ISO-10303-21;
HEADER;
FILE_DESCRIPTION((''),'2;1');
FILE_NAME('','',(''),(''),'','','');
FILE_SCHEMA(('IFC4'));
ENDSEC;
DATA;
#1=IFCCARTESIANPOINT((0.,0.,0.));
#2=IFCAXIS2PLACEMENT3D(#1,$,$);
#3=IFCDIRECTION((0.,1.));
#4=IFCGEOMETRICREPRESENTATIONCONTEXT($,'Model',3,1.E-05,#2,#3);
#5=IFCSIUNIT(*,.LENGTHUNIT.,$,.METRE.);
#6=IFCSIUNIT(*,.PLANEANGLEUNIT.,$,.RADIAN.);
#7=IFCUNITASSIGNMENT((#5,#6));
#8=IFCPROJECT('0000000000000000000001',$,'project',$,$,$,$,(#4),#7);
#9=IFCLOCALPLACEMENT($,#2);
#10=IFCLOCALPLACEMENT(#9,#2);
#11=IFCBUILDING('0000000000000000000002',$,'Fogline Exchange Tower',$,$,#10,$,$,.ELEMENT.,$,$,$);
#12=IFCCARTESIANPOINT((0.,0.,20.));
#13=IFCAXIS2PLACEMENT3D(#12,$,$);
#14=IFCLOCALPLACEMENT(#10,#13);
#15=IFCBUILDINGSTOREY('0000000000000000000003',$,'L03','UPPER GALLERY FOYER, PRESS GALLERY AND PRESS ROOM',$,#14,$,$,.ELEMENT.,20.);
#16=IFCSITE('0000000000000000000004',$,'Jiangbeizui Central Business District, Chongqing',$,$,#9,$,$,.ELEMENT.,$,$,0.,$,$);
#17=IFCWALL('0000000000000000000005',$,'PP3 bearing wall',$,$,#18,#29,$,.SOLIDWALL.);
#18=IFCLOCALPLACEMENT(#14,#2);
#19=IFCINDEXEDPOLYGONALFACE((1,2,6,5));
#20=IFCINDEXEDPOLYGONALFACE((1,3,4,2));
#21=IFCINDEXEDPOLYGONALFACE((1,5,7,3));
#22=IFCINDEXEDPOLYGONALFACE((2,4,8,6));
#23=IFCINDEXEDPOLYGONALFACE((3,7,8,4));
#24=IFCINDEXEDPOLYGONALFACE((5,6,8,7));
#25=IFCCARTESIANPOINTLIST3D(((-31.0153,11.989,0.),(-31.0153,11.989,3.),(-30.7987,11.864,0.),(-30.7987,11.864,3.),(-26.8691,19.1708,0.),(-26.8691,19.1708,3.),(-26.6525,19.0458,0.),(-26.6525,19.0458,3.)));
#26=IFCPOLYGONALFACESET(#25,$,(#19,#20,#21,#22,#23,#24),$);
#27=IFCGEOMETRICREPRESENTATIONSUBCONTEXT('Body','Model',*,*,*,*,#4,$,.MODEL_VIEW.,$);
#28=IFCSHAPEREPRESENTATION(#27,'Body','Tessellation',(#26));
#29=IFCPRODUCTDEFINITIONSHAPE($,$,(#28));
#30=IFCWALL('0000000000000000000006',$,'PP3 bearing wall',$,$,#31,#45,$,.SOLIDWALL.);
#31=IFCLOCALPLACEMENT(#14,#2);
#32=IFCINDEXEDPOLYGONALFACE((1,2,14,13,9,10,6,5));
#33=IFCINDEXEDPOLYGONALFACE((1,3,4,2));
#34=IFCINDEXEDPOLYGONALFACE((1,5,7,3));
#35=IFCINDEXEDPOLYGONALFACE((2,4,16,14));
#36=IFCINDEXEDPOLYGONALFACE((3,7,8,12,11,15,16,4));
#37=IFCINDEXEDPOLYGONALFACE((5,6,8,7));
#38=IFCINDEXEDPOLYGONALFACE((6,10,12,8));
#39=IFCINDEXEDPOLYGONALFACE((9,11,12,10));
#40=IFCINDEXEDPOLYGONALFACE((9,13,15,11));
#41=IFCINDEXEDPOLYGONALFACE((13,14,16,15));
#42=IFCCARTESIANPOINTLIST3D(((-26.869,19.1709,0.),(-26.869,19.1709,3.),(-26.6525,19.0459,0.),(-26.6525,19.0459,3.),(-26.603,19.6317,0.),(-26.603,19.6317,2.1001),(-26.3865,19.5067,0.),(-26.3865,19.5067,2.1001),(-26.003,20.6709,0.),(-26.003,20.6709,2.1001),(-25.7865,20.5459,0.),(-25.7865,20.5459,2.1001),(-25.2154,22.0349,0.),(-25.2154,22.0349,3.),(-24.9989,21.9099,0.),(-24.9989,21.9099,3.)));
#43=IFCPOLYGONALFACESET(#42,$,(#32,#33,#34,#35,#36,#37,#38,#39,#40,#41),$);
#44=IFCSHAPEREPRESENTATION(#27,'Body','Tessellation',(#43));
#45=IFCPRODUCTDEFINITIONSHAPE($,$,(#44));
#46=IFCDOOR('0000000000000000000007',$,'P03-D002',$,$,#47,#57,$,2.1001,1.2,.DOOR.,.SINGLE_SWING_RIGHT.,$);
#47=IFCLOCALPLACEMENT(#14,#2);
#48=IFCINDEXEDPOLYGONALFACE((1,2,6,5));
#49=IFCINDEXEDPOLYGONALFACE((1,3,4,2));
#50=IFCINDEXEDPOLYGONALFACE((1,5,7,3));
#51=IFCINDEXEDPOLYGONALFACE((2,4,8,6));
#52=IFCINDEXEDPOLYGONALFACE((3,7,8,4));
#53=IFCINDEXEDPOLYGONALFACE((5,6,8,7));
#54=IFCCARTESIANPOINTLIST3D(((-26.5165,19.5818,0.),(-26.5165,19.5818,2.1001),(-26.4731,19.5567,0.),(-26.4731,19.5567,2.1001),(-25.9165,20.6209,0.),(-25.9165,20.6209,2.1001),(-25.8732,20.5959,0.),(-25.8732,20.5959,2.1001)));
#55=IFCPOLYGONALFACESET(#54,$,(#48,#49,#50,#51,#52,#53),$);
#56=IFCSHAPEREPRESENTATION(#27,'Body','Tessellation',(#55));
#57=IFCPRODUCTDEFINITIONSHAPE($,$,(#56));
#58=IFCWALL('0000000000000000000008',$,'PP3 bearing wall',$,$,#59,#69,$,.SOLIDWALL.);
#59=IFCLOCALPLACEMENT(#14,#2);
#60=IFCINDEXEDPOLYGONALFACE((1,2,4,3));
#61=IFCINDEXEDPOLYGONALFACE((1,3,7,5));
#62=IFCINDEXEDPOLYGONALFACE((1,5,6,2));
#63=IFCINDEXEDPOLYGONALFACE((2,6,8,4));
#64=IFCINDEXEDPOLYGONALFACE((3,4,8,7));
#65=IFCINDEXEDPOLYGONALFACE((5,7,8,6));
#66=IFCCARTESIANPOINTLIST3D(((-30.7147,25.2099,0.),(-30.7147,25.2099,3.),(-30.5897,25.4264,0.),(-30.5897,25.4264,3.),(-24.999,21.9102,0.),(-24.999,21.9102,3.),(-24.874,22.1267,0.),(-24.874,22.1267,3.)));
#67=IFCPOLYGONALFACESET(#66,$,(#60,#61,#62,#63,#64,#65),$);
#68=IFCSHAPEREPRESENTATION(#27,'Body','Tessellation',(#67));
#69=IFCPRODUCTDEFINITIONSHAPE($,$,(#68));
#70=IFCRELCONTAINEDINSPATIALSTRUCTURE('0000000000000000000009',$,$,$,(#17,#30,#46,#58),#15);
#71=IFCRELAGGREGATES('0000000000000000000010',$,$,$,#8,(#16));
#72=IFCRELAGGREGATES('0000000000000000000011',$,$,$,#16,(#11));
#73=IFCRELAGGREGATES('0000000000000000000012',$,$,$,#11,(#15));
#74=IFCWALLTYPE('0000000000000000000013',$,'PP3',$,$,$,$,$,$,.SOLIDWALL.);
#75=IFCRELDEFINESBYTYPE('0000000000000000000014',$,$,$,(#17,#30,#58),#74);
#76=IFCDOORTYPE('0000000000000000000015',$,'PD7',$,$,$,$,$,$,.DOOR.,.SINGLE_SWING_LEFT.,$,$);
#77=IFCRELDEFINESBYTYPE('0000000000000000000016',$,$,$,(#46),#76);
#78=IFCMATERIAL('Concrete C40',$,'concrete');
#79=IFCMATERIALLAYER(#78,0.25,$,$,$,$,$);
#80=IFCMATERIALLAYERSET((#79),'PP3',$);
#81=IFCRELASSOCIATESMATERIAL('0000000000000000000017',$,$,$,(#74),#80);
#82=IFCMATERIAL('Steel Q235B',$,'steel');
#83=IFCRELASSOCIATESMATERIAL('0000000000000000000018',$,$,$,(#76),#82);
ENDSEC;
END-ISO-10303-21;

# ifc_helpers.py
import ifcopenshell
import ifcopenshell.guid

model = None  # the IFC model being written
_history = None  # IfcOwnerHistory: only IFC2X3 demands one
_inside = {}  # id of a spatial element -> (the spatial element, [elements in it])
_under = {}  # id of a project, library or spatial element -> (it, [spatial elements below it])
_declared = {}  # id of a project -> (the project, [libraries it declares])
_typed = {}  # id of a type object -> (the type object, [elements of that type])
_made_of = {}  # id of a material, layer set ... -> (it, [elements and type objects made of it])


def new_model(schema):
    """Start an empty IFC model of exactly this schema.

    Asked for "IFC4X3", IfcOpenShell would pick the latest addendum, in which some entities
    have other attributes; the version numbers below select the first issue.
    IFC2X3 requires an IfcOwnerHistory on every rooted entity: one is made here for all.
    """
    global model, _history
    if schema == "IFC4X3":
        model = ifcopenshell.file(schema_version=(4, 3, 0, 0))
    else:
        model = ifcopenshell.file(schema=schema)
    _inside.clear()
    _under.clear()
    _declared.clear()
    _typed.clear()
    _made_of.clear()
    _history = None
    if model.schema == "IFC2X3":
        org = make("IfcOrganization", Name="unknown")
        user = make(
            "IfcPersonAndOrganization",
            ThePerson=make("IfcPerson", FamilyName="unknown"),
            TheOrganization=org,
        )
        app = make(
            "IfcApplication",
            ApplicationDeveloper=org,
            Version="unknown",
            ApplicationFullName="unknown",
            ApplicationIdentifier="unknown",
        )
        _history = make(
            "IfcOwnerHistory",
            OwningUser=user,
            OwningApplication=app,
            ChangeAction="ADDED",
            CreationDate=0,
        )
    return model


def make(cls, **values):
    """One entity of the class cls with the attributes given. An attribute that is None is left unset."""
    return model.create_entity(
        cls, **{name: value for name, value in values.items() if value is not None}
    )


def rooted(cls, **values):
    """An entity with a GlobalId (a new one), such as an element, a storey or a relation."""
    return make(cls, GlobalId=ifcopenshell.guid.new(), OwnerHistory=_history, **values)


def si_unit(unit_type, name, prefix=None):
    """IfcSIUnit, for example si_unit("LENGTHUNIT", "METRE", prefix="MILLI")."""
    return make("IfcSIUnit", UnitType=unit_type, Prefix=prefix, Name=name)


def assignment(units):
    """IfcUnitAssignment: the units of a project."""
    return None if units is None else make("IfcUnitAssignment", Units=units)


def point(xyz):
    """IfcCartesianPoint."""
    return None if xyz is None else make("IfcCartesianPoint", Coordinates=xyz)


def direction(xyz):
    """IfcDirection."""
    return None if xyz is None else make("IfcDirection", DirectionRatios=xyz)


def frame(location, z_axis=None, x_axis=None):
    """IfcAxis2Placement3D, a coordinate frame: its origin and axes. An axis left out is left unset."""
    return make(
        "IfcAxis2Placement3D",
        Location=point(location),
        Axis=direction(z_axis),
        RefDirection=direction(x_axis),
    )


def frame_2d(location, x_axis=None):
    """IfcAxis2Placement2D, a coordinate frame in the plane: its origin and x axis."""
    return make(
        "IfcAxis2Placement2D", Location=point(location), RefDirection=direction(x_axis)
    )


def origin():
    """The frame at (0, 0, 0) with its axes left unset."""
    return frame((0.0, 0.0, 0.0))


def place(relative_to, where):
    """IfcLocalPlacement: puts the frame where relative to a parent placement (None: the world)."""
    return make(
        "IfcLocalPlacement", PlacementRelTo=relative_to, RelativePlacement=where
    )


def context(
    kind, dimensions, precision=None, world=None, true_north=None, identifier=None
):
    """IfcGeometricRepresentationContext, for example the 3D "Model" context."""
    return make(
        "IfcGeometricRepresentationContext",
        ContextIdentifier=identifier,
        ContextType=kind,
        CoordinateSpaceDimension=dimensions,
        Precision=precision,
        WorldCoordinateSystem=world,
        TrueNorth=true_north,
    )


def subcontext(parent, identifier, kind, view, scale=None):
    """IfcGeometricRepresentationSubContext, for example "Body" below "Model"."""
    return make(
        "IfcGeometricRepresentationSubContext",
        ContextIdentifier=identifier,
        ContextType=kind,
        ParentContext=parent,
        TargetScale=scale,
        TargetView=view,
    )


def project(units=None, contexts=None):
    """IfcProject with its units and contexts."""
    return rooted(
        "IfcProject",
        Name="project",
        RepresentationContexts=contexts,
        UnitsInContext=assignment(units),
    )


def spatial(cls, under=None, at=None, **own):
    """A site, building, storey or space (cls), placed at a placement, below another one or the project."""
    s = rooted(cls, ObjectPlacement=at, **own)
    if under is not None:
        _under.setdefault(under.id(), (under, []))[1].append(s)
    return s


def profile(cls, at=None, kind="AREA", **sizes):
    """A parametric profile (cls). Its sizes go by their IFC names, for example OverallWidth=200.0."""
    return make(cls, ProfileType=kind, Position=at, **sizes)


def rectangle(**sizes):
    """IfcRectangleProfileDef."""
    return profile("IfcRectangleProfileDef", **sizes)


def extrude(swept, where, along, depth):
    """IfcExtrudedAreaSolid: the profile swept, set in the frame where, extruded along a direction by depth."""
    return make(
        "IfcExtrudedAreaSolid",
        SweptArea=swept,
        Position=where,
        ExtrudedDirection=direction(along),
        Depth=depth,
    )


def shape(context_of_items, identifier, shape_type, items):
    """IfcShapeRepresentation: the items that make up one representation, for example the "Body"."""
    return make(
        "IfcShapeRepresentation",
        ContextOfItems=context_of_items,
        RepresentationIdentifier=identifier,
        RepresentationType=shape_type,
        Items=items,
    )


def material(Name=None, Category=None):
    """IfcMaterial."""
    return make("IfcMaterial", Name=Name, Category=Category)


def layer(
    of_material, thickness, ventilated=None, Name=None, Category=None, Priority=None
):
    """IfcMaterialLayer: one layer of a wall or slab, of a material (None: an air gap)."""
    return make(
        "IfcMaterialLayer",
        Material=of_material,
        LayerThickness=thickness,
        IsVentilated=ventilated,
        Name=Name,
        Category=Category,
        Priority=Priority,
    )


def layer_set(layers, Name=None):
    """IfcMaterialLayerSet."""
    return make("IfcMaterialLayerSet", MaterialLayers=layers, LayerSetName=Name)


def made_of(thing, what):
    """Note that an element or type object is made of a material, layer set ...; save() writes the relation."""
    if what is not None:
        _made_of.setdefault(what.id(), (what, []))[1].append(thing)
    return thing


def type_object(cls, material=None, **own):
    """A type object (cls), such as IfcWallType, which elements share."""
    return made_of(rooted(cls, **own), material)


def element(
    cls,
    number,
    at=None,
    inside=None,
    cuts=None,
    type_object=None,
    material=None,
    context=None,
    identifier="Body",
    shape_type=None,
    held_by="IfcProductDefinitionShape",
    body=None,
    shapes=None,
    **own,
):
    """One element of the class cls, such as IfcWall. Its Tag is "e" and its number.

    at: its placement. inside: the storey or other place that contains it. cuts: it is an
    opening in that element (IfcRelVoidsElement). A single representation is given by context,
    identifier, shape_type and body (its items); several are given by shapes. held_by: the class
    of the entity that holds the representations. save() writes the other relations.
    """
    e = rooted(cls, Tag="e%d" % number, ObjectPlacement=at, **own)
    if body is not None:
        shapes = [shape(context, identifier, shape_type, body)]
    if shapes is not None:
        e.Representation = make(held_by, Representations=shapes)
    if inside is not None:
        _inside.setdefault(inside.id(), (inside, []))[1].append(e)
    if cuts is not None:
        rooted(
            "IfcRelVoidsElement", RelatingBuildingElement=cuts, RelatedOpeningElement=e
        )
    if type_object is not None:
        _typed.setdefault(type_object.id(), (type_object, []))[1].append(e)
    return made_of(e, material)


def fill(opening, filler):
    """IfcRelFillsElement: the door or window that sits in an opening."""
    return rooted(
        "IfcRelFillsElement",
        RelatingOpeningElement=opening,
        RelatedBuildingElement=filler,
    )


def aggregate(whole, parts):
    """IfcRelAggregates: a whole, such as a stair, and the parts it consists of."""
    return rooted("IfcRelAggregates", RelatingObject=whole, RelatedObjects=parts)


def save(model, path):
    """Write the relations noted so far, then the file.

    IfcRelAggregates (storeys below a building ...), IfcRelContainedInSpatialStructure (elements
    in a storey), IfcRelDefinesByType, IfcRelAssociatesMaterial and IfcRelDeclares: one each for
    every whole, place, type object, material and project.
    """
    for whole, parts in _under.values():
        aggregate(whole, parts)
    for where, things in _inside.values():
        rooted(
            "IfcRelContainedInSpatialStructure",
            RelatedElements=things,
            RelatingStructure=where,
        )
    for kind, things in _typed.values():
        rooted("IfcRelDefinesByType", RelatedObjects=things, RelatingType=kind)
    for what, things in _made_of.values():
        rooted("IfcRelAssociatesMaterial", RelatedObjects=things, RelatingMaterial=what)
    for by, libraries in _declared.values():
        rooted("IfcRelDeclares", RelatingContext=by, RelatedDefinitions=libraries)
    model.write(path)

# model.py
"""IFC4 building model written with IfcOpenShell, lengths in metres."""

from ifc_helpers import new_model, si_unit, direction, frame, frame_2d, origin, place, context, subcontext, project, spatial, rectangle, extrude, material, layer, layer_set, type_object, element, fill, save


model = new_model("IFC4")

# Units and contexts
model_context = context("Model", 3, precision=1e-05, world=origin(), true_north=direction((0.0, 1.0)))
body_context = subcontext(model_context, "Body", "Model", "MODEL_VIEW")
ifc_project = project(units=[si_unit("LENGTHUNIT", "METRE"), si_unit("PLANEANGLEUNIT", "RADIAN")], contexts=[model_context])

# Site, building, storey
site_placement = place(None, origin())
site = spatial("IfcSite", under=ifc_project, at=site_placement, Name="Jiangbeizui Central Business District, Chongqing", CompositionType="ELEMENT", RefElevation=0.0)
building_placement = place(site_placement, origin())
building = spatial("IfcBuilding", under=site, at=building_placement, Name="Fogline Exchange Tower", CompositionType="ELEMENT")
storey_placement = place(building_placement, frame((0.0, 0.0, 20.0)))
storey = spatial("IfcBuildingStorey", under=building, at=storey_placement, Name="L03", Description="UPPER GALLERY FOYER, PRESS GALLERY AND PRESS ROOM", CompositionType="ELEMENT", Elevation=20.0)

# Shared definitions
ifc_material_1 = material(Name="Concrete C40", Category="concrete")

# Shared definitions
ifc_material_2 = material(Name="Steel Q235B", Category="steel")

# Wall
ifc_layer_1 = layer(ifc_material_1, 0.25)
ifc_layer_set_1 = layer_set([ifc_layer_1], Name="PP3")
wall_type_1 = type_object("IfcWallType", Name="PP3", PredefinedType="SOLIDWALL", material=ifc_layer_set_1)
wall_1_placement = place(storey_placement, frame((-26.7607, 19.1084, 0.0), z_axis=(0.0, 0.0, 1.0), x_axis=(-0.49998, -0.866037, 0.0)))
element("IfcWall", 1, at=wall_1_placement, inside=storey, type_object=wall_type_1, Name="PP3 bearing wall", PredefinedType="SOLIDWALL", context=body_context, shape_type="SweptSolid", body=[
    extrude(rectangle(XDim=8.2927, YDim=0.25, at=frame_2d((4.1465, 0.0))), origin(), (0.0, 0.0, 1.0), 3.0),
])

# Wall, opening, door
wall_2_placement = place(storey_placement, frame((-25.1072, 21.9724, 0.0), z_axis=(0.0, 0.0, 1.0), x_axis=(-0.500006, -0.866022, 0.0)))
wall_2 = element("IfcWall", 2, at=wall_2_placement, inside=storey, type_object=wall_type_1, Name="PP3 bearing wall", PredefinedType="SOLIDWALL", context=body_context, shape_type="SweptSolid", body=[
    extrude(rectangle(XDim=3.3071, YDim=0.25, at=frame_2d((1.6536, 0.0))), origin(), (0.0, 0.0, 1.0), 3.0),
])
opening_1_placement = place(wall_2_placement, frame((1.575, 0.0, 0.0)))
opening_1 = element("IfcOpeningElement", 3, at=opening_1_placement, cuts=wall_2, PredefinedType="OPENING", context=body_context, shape_type="SweptSolid", body=[
    extrude(rectangle(XDim=1.2, YDim=2.1001, at=frame_2d((0.6001, 1.05))), frame((0.0, 0.135, 0.0), z_axis=(0.0, -1.0, 0.0), x_axis=(1.0, 0.0, 0.0)), (0.0, 0.0, 1.0), 0.27),
])
door_type_1 = type_object("IfcDoorType", Name="PD7", OperationType="SINGLE_SWING_LEFT", PredefinedType="DOOR", material=ifc_material_2)
door_1_placement = place(opening_1_placement, origin())
door_1 = element("IfcDoor", 4, at=door_1_placement, inside=storey, type_object=door_type_1, Name="P03-D002", OperationType="SINGLE_SWING_RIGHT", OverallHeight=2.1001, OverallWidth=1.2, PredefinedType="DOOR", context=body_context, shape_type="SweptSolid", body=[
    extrude(rectangle(XDim=1.2, YDim=2.1001, at=frame_2d((0.6001, 1.05))), frame((0.0, 0.0249, 0.0), z_axis=(0.0, -1.0, 0.0), x_axis=(1.0, 0.0, 0.0)), (0.0, 0.0, 1.0), 0.05),
])
fill(opening_1, door_1)

# Wall
wall_3_placement = place(storey_placement, frame((-30.6521, 25.3181, 0.0), z_axis=(0.0, 0.0, 1.0), x_axis=(0.86604, -0.499974, 0.0)))
element("IfcWall", 5, at=wall_3_placement, inside=storey, type_object=wall_type_1, Name="PP3 bearing wall", PredefinedType="SOLIDWALL", context=body_context, shape_type="SweptSolid", body=[
    extrude(rectangle(XDim=6.5999, YDim=0.25, at=frame_2d((3.2998, 0.0))), origin(), (0.0, 0.0, 1.0), 3.0),
])

save(model, "model.ifc")
